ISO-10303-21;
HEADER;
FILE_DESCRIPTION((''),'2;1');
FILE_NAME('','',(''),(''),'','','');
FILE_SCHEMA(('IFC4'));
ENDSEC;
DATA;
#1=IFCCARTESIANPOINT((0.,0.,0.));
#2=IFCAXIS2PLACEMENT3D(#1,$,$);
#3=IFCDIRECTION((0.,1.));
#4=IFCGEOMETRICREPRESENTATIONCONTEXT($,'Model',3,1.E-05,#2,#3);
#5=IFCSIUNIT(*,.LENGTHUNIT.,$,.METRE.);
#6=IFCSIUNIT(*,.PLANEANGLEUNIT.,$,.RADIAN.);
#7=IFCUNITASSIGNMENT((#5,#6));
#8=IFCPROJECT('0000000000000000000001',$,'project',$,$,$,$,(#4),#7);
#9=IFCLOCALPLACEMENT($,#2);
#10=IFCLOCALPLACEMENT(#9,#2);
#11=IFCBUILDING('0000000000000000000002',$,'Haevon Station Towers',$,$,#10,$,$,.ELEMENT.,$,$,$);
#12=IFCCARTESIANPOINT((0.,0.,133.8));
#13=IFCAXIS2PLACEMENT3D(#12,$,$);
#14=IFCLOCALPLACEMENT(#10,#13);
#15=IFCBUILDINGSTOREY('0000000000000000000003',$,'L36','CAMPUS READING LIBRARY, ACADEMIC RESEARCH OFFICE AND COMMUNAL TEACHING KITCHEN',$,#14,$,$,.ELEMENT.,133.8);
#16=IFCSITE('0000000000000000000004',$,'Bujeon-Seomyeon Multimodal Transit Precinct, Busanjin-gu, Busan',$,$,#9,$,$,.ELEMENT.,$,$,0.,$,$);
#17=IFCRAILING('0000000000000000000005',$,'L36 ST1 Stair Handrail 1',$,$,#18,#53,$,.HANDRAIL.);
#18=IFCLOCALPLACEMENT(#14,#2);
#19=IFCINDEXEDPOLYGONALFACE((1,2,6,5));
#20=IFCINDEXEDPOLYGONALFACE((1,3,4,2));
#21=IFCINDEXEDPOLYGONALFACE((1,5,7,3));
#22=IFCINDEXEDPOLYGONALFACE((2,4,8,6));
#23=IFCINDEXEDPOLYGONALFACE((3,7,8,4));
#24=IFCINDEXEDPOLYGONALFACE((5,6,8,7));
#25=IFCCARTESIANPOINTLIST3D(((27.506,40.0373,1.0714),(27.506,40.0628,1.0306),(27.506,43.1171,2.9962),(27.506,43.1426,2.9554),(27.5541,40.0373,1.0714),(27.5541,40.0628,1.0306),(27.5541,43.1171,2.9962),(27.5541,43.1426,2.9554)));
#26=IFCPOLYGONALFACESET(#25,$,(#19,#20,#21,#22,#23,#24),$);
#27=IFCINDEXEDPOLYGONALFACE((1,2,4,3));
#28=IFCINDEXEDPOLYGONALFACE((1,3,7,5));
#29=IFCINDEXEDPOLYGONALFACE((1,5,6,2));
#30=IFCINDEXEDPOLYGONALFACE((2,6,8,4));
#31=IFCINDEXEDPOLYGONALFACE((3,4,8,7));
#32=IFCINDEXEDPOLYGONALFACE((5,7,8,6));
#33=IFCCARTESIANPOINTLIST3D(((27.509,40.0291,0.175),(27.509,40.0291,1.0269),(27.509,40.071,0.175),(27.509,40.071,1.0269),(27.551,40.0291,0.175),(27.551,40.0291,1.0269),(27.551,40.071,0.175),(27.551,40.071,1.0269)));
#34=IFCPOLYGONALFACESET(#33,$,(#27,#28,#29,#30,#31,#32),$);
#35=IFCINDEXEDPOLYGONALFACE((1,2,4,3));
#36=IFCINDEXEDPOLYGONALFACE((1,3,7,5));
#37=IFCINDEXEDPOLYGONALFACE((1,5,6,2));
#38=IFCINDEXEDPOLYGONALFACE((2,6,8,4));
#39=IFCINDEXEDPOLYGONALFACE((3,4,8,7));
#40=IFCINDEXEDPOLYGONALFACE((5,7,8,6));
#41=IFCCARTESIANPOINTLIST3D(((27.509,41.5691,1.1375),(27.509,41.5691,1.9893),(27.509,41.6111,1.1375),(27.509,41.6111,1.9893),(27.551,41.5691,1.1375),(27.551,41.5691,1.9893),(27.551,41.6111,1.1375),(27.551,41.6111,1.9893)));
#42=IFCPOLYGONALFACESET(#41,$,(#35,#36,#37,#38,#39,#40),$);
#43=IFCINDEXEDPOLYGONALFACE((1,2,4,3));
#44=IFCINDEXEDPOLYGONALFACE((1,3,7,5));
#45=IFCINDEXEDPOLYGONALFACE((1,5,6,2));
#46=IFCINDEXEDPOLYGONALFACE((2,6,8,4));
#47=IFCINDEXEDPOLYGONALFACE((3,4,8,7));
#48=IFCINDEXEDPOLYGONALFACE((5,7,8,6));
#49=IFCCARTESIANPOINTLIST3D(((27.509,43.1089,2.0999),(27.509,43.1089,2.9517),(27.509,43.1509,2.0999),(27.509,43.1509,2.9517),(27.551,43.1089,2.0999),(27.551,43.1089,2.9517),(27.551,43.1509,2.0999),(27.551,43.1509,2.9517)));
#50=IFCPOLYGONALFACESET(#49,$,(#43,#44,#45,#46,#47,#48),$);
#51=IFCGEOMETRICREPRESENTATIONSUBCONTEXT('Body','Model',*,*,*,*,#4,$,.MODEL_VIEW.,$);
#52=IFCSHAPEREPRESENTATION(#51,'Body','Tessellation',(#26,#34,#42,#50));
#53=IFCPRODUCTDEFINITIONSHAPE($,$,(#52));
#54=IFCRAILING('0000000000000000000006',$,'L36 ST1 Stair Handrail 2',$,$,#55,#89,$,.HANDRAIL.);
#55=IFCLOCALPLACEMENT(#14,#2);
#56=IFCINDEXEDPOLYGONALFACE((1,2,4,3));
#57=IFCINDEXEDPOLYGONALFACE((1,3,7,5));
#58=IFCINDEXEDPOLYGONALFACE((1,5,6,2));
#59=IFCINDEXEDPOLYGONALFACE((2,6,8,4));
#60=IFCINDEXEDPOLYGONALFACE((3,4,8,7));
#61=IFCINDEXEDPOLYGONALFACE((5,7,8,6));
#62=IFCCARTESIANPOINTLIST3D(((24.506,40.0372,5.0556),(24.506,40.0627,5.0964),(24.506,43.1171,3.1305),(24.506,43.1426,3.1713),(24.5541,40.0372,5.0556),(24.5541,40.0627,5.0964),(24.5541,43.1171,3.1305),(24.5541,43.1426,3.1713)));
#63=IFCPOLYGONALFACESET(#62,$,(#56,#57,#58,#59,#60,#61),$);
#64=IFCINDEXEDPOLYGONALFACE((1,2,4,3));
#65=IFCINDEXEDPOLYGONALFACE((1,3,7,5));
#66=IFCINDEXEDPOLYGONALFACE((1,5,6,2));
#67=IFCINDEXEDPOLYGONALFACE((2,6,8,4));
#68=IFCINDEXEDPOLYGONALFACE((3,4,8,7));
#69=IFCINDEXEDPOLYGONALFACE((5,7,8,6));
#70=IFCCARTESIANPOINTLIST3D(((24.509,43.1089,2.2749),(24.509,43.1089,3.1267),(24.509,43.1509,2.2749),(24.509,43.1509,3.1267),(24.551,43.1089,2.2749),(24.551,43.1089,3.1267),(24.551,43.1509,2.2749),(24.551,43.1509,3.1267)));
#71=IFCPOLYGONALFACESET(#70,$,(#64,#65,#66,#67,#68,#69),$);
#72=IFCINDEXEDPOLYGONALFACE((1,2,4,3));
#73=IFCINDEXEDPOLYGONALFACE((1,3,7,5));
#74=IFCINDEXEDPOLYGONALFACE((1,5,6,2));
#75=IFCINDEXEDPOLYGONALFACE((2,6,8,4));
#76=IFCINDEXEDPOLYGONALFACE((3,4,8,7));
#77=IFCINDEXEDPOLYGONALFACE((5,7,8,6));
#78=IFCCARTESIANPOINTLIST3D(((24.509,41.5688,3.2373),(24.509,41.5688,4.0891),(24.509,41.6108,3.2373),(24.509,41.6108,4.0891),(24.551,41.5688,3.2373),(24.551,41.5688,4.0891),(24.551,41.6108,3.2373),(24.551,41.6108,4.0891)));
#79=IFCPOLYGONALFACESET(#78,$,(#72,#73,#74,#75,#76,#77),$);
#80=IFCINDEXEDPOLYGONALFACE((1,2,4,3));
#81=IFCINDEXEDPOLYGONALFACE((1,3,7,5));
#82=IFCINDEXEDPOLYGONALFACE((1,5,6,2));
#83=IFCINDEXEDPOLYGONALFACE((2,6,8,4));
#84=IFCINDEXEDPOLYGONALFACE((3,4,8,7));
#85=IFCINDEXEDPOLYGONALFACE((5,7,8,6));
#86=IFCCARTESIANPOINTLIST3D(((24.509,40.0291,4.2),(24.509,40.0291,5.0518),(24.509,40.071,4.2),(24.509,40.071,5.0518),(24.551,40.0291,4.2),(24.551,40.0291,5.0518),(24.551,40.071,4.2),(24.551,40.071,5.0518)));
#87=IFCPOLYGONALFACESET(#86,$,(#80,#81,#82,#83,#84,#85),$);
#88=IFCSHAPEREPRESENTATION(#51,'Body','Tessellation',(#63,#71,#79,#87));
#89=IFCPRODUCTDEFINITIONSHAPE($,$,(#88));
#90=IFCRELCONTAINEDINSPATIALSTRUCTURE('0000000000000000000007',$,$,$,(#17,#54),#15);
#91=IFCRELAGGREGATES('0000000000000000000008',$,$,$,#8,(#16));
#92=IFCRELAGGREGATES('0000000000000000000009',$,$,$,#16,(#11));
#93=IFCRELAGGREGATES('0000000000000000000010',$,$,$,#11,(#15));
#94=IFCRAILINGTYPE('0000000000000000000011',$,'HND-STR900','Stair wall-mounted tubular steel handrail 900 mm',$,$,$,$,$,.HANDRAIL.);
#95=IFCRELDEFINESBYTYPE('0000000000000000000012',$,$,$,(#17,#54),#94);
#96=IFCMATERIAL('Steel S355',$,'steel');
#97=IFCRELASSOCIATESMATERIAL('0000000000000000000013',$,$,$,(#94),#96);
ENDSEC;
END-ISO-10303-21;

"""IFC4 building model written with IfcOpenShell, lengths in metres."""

from ifc_helpers import new_model, si_unit, direction, frame, origin, origin_2d, place, context, subcontext, project, spatial, rectangle, extrude, material, type_object, element, save


model = new_model("IFC4")

# Units and contexts
model_context = context("Model", 3, precision=1e-05, world=origin(), true_north=direction((0.0, 1.0)))
body_context = subcontext(model_context, "Body", "Model", "MODEL_VIEW")
ifc_project = project(units=[si_unit("LENGTHUNIT", "METRE"), si_unit("PLANEANGLEUNIT", "RADIAN")], contexts=[model_context])

# Site, building, storey
site_placement = place(None, origin())
site = spatial("IfcSite", under=ifc_project, at=site_placement, Name="Bujeon-Seomyeon Multimodal Transit Precinct, Busanjin-gu, Busan", CompositionType="ELEMENT", RefElevation=0.0)
building_placement = place(site_placement, origin())
building = spatial("IfcBuilding", under=site, at=building_placement, Name="Haevon Station Towers", CompositionType="ELEMENT")
storey_placement = place(building_placement, frame((0.0, 0.0, 133.8)))
storey = spatial("IfcBuildingStorey", under=building, at=storey_placement, Name="L36", Description="CAMPUS READING LIBRARY, ACADEMIC RESEARCH OFFICE AND COMMUNAL TEACHING KITCHEN", CompositionType="ELEMENT", Elevation=133.8)

# Shared definitions
ifc_material_1 = material(Name="Steel S355", Category="steel")

# Railings
railing_type_1 = type_object("IfcRailingType", Name="HND-STR900", Description="Stair wall-mounted tubular steel handrail 900 mm", PredefinedType="HANDRAIL", material=ifc_material_1)
railing_1_placement = place(storey_placement, frame((27.53, 40.05, 0.175)))
element("IfcRailing", 1, at=railing_1_placement, inside=storey, type_object=railing_type_1, Name="L36 ST1 Stair Handrail 1", PredefinedType="HANDRAIL", context=body_context, shape_type="SweptSolid", body=[
    extrude(rectangle(XDim=0.0481, YDim=0.0481, at=origin_2d()), frame((0.0, 0.0, 0.876), z_axis=(0.0, 0.84801, 0.529981), x_axis=(-1.0, 0.0, 0.0)), (0.0, 0.0, 1.0), 3.6318),
    extrude(rectangle(XDim=0.042, YDim=0.042, at=origin_2d()), origin(), (0.0, 0.0, 1.0), 0.8518),
    extrude(rectangle(XDim=0.042, YDim=0.042, at=origin_2d()), frame((0.0, 1.54, 0.9624)), (0.0, 0.0, 1.0), 0.8518),
    extrude(rectangle(XDim=0.042, YDim=0.042, at=origin_2d()), frame((0.0, 3.0798, 1.9248)), (0.0, 0.0, 1.0), 0.8518),
])
railing_2_placement = place(storey_placement, frame((24.53, 43.1299, 2.2749)))
element("IfcRailing", 2, at=railing_2_placement, inside=storey, type_object=railing_type_1, Name="L36 ST1 Stair Handrail 2", PredefinedType="HANDRAIL", context=body_context, shape_type="SweptSolid", body=[
    extrude(rectangle(XDim=0.0481, YDim=0.0481, at=origin_2d()), frame((0.0, 0.0, 0.876), z_axis=(0.0, -0.847979, 0.530029), x_axis=(1.0, 0.0, 0.0)), (0.0, 0.0, 1.0), 3.6321),
    extrude(rectangle(XDim=0.042, YDim=0.042, at=origin_2d()), origin(), (0.0, 0.0, 1.0), 0.8518),
    extrude(rectangle(XDim=0.042, YDim=0.042, at=origin_2d()), frame((0.0, -1.54, 0.9624)), (0.0, 0.0, 1.0), 0.8518),
    extrude(rectangle(XDim=0.042, YDim=0.042, at=origin_2d()), frame((0.0, -3.0798, 1.925)), (0.0, 0.0, 1.0), 0.8518),
])

save(model, "model.ifc")
